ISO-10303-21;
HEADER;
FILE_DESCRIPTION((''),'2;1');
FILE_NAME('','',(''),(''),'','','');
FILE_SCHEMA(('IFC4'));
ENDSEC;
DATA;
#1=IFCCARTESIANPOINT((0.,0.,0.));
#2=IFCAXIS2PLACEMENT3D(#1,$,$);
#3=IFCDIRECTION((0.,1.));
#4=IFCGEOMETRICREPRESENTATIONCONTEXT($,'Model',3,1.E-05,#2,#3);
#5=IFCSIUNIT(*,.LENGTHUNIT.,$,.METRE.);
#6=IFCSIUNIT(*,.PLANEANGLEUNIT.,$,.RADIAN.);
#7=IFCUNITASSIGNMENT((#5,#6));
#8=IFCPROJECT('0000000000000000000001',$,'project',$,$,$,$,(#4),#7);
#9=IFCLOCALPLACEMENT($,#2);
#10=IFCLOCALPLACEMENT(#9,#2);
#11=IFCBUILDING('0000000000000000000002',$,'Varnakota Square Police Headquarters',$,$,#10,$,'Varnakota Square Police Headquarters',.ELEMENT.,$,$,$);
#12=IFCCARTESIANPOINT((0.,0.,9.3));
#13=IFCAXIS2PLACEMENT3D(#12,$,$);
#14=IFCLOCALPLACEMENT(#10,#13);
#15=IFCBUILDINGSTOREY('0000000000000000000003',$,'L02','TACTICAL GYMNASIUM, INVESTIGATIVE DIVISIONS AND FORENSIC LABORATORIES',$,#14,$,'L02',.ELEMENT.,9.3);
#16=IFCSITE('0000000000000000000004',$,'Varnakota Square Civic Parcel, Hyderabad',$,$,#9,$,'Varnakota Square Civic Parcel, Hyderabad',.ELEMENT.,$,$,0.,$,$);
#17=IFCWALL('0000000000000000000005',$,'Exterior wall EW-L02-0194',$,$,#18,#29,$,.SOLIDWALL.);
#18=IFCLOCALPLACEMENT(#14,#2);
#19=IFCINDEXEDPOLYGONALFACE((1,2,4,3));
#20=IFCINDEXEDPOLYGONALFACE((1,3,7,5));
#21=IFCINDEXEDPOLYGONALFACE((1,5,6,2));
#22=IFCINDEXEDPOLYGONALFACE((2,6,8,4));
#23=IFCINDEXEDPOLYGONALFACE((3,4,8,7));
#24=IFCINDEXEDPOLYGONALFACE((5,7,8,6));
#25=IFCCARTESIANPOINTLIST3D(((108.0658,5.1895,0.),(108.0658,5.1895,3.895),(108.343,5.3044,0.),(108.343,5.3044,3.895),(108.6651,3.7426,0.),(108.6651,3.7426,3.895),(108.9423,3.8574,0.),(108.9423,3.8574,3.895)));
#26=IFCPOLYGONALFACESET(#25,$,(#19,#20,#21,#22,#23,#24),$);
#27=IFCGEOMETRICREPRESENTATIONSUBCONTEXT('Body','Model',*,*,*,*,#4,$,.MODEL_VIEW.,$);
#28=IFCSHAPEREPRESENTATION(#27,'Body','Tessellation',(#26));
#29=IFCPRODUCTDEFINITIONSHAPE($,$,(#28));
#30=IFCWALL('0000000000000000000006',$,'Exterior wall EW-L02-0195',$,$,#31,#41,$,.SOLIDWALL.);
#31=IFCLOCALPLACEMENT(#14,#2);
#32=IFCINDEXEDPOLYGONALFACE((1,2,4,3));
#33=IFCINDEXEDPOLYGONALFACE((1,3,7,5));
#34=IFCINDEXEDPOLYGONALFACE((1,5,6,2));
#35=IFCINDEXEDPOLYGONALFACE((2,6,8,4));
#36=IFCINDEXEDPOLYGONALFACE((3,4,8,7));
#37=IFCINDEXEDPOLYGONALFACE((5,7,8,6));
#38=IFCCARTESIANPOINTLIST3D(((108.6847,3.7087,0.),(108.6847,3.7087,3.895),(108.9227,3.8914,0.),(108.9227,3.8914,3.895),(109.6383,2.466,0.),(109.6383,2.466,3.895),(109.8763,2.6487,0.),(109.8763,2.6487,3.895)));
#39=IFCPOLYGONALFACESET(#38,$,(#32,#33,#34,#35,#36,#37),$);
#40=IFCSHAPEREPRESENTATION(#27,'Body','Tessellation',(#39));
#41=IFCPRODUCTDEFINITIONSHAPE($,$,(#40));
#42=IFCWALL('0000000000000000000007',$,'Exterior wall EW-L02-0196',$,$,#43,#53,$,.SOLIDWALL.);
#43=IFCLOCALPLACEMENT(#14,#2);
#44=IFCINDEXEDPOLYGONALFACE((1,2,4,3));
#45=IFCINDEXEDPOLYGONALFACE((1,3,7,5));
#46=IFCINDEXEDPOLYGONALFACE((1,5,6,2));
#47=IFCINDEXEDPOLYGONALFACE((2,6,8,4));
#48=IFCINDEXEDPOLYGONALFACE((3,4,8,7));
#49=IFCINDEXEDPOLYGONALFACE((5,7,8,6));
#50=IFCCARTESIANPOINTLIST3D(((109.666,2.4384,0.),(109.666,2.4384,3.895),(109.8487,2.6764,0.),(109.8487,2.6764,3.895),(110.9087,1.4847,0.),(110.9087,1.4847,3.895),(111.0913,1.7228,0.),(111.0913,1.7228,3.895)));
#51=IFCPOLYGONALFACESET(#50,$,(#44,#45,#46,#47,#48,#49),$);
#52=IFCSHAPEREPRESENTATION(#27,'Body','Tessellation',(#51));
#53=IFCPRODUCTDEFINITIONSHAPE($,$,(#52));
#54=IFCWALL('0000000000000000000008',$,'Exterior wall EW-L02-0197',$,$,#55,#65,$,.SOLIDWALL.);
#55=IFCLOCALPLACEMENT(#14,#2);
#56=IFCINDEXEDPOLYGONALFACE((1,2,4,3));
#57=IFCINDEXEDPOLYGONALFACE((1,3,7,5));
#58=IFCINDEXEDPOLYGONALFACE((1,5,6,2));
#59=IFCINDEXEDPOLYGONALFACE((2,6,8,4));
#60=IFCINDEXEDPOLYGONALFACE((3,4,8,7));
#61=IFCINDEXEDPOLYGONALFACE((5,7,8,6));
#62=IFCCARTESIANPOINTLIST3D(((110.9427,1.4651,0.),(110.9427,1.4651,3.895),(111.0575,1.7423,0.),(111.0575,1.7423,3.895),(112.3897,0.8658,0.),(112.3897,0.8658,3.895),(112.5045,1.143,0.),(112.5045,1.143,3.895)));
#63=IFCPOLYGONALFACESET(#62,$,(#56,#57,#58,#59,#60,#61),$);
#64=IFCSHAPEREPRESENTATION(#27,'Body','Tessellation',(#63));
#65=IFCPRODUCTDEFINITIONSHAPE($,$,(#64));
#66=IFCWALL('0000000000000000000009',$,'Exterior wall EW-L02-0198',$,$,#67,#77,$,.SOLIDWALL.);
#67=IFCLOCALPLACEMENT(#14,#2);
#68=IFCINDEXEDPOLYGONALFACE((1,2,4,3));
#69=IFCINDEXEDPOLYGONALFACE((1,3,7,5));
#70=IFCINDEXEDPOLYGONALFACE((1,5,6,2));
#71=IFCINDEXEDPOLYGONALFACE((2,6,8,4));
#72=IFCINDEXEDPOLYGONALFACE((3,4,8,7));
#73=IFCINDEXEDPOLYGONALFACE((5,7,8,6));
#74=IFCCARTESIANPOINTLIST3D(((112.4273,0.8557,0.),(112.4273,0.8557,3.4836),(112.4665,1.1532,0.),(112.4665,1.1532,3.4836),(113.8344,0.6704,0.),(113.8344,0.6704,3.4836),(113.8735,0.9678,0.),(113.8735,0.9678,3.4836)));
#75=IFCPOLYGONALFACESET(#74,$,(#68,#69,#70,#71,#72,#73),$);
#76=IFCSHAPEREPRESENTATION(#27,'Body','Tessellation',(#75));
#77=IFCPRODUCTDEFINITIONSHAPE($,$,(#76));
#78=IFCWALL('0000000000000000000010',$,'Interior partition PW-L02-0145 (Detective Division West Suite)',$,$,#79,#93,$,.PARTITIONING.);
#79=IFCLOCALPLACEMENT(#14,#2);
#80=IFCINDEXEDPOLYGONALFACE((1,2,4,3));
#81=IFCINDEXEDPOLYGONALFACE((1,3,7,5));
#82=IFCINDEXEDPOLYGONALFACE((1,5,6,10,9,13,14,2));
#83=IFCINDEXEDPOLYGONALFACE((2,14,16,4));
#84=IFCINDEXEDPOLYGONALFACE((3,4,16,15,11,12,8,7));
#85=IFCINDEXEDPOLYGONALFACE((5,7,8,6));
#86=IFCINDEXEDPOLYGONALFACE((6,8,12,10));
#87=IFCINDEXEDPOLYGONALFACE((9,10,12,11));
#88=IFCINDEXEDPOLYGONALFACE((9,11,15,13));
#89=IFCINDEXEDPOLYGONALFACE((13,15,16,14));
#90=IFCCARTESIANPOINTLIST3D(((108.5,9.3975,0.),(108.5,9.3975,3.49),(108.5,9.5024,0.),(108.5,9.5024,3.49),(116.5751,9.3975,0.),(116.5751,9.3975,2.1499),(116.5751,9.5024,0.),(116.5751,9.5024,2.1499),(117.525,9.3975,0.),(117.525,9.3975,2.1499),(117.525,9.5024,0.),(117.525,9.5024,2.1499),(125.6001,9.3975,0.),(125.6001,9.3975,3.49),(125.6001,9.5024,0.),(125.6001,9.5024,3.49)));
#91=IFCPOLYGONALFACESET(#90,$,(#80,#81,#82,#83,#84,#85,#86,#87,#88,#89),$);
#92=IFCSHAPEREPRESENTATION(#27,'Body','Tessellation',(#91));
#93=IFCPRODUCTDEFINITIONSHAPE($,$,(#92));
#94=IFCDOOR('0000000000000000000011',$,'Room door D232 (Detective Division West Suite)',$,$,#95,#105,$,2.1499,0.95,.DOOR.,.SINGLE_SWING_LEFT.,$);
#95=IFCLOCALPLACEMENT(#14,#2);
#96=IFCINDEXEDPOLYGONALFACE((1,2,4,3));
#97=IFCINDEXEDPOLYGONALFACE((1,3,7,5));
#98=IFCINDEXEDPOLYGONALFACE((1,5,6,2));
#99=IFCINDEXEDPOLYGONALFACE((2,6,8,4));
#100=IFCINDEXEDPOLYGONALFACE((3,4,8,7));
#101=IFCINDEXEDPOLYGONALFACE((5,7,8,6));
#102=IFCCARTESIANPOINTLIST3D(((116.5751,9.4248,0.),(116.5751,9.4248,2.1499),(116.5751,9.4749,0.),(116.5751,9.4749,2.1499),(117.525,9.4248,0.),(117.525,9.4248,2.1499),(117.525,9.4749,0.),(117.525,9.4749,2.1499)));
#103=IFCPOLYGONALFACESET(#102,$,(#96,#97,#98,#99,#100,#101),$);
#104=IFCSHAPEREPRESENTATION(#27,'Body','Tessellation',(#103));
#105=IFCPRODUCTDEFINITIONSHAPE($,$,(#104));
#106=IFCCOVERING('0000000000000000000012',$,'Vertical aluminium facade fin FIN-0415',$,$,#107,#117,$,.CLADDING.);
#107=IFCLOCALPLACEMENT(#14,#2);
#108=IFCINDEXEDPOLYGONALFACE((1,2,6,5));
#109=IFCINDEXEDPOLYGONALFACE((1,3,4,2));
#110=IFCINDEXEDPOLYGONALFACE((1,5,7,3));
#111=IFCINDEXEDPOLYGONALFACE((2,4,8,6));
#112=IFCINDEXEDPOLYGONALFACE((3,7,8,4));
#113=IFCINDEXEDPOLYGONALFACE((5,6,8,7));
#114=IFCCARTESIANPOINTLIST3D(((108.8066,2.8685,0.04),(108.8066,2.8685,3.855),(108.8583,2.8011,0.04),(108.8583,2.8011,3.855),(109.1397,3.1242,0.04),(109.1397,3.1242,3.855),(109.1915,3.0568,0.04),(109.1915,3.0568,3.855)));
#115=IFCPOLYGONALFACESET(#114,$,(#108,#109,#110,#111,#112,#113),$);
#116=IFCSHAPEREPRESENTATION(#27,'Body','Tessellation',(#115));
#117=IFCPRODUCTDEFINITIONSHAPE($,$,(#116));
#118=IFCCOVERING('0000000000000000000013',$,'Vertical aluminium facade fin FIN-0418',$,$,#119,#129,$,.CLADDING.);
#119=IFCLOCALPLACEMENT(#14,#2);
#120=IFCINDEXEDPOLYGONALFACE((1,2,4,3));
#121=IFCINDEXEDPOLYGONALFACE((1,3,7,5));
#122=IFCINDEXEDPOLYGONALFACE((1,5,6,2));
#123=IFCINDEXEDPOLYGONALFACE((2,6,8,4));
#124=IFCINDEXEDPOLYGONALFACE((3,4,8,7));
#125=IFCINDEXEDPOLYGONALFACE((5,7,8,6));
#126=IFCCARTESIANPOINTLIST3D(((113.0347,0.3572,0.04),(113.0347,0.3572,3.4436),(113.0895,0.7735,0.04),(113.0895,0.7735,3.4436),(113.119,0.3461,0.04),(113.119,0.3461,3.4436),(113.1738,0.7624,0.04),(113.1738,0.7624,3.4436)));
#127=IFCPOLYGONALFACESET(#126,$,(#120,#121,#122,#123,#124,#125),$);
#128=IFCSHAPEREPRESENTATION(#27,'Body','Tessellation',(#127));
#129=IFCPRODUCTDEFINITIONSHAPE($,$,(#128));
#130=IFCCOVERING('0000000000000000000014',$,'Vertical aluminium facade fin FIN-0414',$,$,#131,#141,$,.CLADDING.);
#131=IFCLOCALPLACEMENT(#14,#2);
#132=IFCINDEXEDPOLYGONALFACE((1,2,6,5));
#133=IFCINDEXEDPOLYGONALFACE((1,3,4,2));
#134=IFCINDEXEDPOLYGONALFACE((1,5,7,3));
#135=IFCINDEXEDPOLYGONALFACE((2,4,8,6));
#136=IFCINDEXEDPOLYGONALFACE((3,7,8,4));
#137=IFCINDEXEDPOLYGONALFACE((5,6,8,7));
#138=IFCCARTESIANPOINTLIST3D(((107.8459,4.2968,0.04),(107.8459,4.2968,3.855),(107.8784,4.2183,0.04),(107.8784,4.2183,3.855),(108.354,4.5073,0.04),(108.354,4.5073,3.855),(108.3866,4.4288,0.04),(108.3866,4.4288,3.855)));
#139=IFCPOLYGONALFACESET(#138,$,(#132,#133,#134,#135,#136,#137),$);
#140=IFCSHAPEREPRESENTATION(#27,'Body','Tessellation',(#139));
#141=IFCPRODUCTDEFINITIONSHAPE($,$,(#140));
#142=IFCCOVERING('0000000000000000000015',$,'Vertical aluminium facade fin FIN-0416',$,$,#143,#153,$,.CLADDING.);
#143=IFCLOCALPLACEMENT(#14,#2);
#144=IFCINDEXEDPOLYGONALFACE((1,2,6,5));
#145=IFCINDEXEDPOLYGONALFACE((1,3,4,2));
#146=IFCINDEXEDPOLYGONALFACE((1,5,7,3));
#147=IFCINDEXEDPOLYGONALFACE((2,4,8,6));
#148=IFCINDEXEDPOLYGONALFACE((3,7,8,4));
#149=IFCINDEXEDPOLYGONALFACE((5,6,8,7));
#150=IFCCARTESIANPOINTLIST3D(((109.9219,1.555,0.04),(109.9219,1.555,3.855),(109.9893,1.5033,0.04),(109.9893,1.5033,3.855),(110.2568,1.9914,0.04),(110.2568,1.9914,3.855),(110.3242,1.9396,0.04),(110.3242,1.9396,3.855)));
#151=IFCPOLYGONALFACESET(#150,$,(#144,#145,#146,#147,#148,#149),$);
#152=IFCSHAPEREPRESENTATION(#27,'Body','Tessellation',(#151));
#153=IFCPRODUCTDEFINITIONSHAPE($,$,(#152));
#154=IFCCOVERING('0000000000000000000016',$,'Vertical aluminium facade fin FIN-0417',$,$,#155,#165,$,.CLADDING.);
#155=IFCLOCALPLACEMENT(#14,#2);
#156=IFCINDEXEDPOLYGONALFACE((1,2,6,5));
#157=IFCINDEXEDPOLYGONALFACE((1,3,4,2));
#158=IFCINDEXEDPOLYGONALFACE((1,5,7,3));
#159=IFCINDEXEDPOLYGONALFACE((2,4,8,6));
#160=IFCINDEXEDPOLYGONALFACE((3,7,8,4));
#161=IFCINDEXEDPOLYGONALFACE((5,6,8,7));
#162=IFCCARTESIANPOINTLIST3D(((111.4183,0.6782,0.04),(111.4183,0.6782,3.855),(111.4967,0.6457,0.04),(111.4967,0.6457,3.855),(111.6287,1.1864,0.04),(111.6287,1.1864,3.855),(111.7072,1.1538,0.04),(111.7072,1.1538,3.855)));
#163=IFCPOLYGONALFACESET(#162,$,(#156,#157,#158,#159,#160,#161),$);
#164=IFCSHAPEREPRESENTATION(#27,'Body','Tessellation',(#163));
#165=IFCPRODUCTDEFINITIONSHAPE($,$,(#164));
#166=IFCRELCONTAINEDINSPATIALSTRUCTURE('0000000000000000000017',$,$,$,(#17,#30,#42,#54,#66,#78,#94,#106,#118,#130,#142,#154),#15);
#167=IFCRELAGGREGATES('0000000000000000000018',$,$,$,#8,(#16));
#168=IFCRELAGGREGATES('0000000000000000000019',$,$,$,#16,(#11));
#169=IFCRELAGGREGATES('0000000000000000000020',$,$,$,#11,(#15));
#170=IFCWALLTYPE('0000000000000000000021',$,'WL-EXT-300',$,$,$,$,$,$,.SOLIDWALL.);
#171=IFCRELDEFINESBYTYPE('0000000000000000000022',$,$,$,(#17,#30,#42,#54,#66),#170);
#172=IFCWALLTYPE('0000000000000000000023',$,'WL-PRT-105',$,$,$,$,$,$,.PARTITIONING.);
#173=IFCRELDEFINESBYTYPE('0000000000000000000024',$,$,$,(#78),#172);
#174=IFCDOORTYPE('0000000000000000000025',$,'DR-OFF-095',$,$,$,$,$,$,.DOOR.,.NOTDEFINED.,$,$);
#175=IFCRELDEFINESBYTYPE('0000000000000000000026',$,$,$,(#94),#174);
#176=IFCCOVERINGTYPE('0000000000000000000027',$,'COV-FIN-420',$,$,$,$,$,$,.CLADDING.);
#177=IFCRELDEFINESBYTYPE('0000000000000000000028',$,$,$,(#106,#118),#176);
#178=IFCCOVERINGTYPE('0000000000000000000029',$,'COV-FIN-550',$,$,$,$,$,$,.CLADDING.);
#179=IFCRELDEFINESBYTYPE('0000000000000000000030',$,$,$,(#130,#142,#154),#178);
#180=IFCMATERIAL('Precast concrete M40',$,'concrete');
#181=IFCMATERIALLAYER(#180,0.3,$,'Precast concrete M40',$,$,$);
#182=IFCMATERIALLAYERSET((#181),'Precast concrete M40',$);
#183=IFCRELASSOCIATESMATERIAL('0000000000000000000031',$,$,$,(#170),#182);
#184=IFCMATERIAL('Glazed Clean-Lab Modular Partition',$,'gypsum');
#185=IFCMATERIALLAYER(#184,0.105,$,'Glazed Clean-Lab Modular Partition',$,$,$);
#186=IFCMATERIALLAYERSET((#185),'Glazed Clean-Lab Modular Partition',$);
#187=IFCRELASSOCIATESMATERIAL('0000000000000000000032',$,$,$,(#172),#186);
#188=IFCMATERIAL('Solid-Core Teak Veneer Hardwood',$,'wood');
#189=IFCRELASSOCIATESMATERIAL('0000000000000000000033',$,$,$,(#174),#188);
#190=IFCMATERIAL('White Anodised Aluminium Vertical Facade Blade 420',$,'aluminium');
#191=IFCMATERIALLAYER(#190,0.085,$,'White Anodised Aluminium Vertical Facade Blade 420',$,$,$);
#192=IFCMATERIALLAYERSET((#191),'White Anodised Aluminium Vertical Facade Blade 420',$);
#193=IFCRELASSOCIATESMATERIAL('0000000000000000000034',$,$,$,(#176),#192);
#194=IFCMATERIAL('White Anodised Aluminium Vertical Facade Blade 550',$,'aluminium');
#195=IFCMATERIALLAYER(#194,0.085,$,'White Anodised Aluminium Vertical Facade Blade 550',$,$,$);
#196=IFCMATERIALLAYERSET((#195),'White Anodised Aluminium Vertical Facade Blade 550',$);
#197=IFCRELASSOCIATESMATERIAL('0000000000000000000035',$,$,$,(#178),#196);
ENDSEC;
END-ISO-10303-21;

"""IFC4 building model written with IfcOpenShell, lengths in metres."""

from ifc_helpers import new_model, si_unit, direction, frame, frame_2d, origin, origin_2d, place, context, subcontext, project, spatial, rectangle, extrude, material, layer, layer_set, type_object, element, fill, save


model = new_model("IFC4")

# Units and contexts
model_context = context("Model", 3, precision=1e-05, world=origin(), true_north=direction((0.0, 1.0)))
body_context = subcontext(model_context, "Body", "Model", "MODEL_VIEW")
ifc_project = project(units=[si_unit("LENGTHUNIT", "METRE"), si_unit("PLANEANGLEUNIT", "RADIAN")], contexts=[model_context])

# Site, building, storey
site_placement = place(None, origin())
site = spatial("IfcSite", under=ifc_project, at=site_placement, Name="Varnakota Square Civic Parcel, Hyderabad", LongName="Varnakota Square Civic Parcel, Hyderabad", CompositionType="ELEMENT", RefElevation=0.0)
building_placement = place(site_placement, origin())
building = spatial("IfcBuilding", under=site, at=building_placement, Name="Varnakota Square Police Headquarters", LongName="Varnakota Square Police Headquarters", CompositionType="ELEMENT")
storey_placement = place(building_placement, frame((0.0, 0.0, 9.3)))
storey = spatial("IfcBuildingStorey", under=building, at=storey_placement, Name="L02", Description="TACTICAL GYMNASIUM, INVESTIGATIVE DIVISIONS AND FORENSIC LABORATORIES", LongName="L02", CompositionType="ELEMENT", Elevation=9.3)

# Walls
ifc_material_1 = material(Name="Precast concrete M40", Category="concrete")
ifc_layer_1 = layer(ifc_material_1, 0.3, Name="Precast concrete M40")
ifc_layer_set_1 = layer_set([ifc_layer_1], Name="Precast concrete M40")
wall_type_1 = type_object("IfcWallType", Name="WL-EXT-300", PredefinedType="SOLIDWALL", material=ifc_layer_set_1)
wall_1_placement = place(storey_placement, frame((108.2043, 5.2471, 0.0), z_axis=(0.0, 0.0, 1.0), x_axis=(0.382678, -0.923882, 0.0)))
element("IfcWall", 1, at=wall_1_placement, inside=storey, type_object=wall_type_1, Name="Exterior wall EW-L02-0194", PredefinedType="SOLIDWALL", context=body_context, shape_type="SweptSolid", body=[
    extrude(rectangle(XDim=1.5662, YDim=0.3, at=frame_2d((0.7832, 0.0))), origin(), (0.0, 0.0, 1.0), 3.895),
])
for number, where, z_axis, x_axis, name in (
    (2, (108.8037, 3.8, 0.0), (0.0, 0.0, 1.0), (0.608791, -0.79333, 0.0), "Exterior wall EW-L02-0195"),
    (3, (109.7573, 2.5574, 0.0), (0.0, 0.0, 1.0), (0.79333, -0.608791, 0.0), "Exterior wall EW-L02-0196"),
):
    element("IfcWall", number, at=place(storey_placement, frame(where, z_axis=z_axis, x_axis=x_axis)), inside=storey, type_object=wall_type_1, Name=name, PredefinedType="SOLIDWALL", context=body_context, shape_type="SweptSolid", body=[
        extrude(rectangle(XDim=1.5664, YDim=0.3, at=frame_2d((0.7832, 0.0))), origin(), (0.0, 0.0, 1.0), 3.895),
    ])
wall_2_placement = place(storey_placement, frame((111.0, 1.6038, 0.0), z_axis=(0.0, 0.0, 1.0), x_axis=(0.923882, -0.382678, 0.0)))
element("IfcWall", 4, at=wall_2_placement, inside=storey, type_object=wall_type_1, Name="Exterior wall EW-L02-0197", PredefinedType="SOLIDWALL", context=body_context, shape_type="SweptSolid", body=[
    extrude(rectangle(XDim=1.5662, YDim=0.3, at=frame_2d((0.7832, 0.0))), origin(), (0.0, 0.0, 1.0), 3.895),
])
wall_3_placement = place(storey_placement, frame((112.447, 1.0044, 0.0), z_axis=(0.0, 0.0, 1.0), x_axis=(0.991438, -0.130575, 0.0)))
element("IfcWall", 5, at=wall_3_placement, inside=storey, type_object=wall_type_1, Name="Exterior wall EW-L02-0198", PredefinedType="SOLIDWALL", context=body_context, shape_type="SweptSolid", body=[
    extrude(rectangle(XDim=1.4192, YDim=0.3, at=frame_2d((0.7095, 0.0))), origin(), (0.0, 0.0, 1.0), 3.4836),
])

# Wall, opening, door
ifc_material_2 = material(Name="Glazed Clean-Lab Modular Partition", Category="gypsum")
ifc_layer_2 = layer(ifc_material_2, 0.105, Name="Glazed Clean-Lab Modular Partition")
ifc_layer_set_2 = layer_set([ifc_layer_2], Name="Glazed Clean-Lab Modular Partition")
wall_type_2 = type_object("IfcWallType", Name="WL-PRT-105", PredefinedType="PARTITIONING", material=ifc_layer_set_2)
wall_4_placement = place(storey_placement, frame((108.5, 9.45, 0.0), z_axis=(0.0, 0.0, 1.0), x_axis=(1.0, 0.0, 0.0)))
wall_4 = element("IfcWall", 6, at=wall_4_placement, inside=storey, type_object=wall_type_2, Name="Interior partition PW-L02-0145 (Detective Division West Suite)", PredefinedType="PARTITIONING", context=body_context, shape_type="SweptSolid", body=[
    extrude(rectangle(XDim=17.1001, YDim=0.105, at=frame_2d((8.55, 0.0))), origin(), (0.0, 0.0, 1.0), 3.49),
])
opening_1_placement = place(wall_4_placement, frame((8.075, 0.0, 0.0)))
opening_1 = element("IfcOpeningElement", 7, at=opening_1_placement, cuts=wall_4, PredefinedType="OPENING", context=body_context, shape_type="SweptSolid", body=[
    extrude(rectangle(XDim=0.95, YDim=2.1499, at=frame_2d((0.4751, 1.075))), frame((0.0, 0.0625, 0.0), z_axis=(0.0, -1.0, 0.0), x_axis=(1.0, 0.0, 0.0)), (0.0, 0.0, 1.0), 0.125),
])
ifc_material_3 = material(Name="Solid-Core Teak Veneer Hardwood", Category="wood")
door_type = type_object("IfcDoorType", Name="DR-OFF-095", OperationType="NOTDEFINED", PredefinedType="DOOR", material=ifc_material_3)
door_placement = place(opening_1_placement, origin())
door = element("IfcDoor", 8, at=door_placement, inside=storey, type_object=door_type, Name="Room door D232 (Detective Division West Suite)", OperationType="SINGLE_SWING_LEFT", OverallHeight=2.1499, OverallWidth=0.95, PredefinedType="DOOR", context=body_context, shape_type="SweptSolid", body=[
    extrude(rectangle(XDim=0.95, YDim=2.1499, at=frame_2d((0.4751, 1.075))), frame((0.0, 0.0249, 0.0), z_axis=(0.0, -1.0, 0.0), x_axis=(1.0, 0.0, 0.0)), (0.0, 0.0, 1.0), 0.05),
])
fill(opening_1, door)

# Coverings
ifc_material_4 = material(Name="White Anodised Aluminium Vertical Facade Blade 420", Category="aluminium")
ifc_layer_3 = layer(ifc_material_4, 0.085, Name="White Anodised Aluminium Vertical Facade Blade 420")
ifc_layer_set_3 = layer_set([ifc_layer_3], Name="White Anodised Aluminium Vertical Facade Blade 420")
covering_type_1 = type_object("IfcCoveringType", Name="COV-FIN-420", PredefinedType="CLADDING", material=ifc_layer_set_3)
covering_1_placement = place(storey_placement, frame((108.999, 2.9626, 0.04), z_axis=(0.0, 0.0, 1.0), x_axis=(0.608761, -0.793353, 0.0)))
element("IfcCovering", 9, at=covering_1_placement, inside=storey, type_object=covering_type_1, Name="Vertical aluminium facade fin FIN-0415", PredefinedType="CLADDING", context=body_context, shape_type="SweptSolid", body=[
    extrude(rectangle(XDim=0.085, YDim=0.4199, at=origin_2d()), origin(), (0.0, 0.0, 1.0), 3.8149),
])
covering_2_placement = place(storey_placement, frame((113.1042, 0.5598, 0.04), z_axis=(0.0, 0.0, 1.0), x_axis=(0.991445, -0.130526, 0.0)))
element("IfcCovering", 10, at=covering_2_placement, inside=storey, type_object=covering_type_1, Name="Vertical aluminium facade fin FIN-0418", PredefinedType="CLADDING", context=body_context, shape_type="SweptSolid", body=[
    extrude(rectangle(XDim=0.085, YDim=0.4199, at=origin_2d()), origin(), (0.0, 0.0, 1.0), 3.4036),
])
ifc_material_5 = material(Name="White Anodised Aluminium Vertical Facade Blade 550", Category="aluminium")
ifc_layer_4 = layer(ifc_material_5, 0.085, Name="White Anodised Aluminium Vertical Facade Blade 550")
ifc_layer_set_4 = layer_set([ifc_layer_4], Name="White Anodised Aluminium Vertical Facade Blade 550")
covering_type_2 = type_object("IfcCoveringType", Name="COV-FIN-550", PredefinedType="CLADDING", material=ifc_layer_set_4)
for number, where, z_axis, x_axis, name in (
    (11, (108.1162, 4.3628, 0.04), (0.0, 0.0, 1.0), (0.382683, -0.92388, 0.0), "Vertical aluminium facade fin FIN-0414"),
    (12, (110.123, 1.7473, 0.04), (0.0, 0.0, 1.0), (0.793353, -0.608761, 0.0), "Vertical aluminium facade fin FIN-0416"),
    (13, (111.5627, 0.916, 0.04), (0.0, 0.0, 1.0), (0.92388, -0.382683, 0.0), "Vertical aluminium facade fin FIN-0417"),
):
    element("IfcCovering", number, at=place(storey_placement, frame(where, z_axis=z_axis, x_axis=x_axis)), inside=storey, type_object=covering_type_2, Name=name, PredefinedType="CLADDING", context=body_context, shape_type="SweptSolid", body=[
        extrude(rectangle(XDim=0.085, YDim=0.55, at=origin_2d()), origin(), (0.0, 0.0, 1.0), 3.8149),
    ])

save(model, "model.ifc")
